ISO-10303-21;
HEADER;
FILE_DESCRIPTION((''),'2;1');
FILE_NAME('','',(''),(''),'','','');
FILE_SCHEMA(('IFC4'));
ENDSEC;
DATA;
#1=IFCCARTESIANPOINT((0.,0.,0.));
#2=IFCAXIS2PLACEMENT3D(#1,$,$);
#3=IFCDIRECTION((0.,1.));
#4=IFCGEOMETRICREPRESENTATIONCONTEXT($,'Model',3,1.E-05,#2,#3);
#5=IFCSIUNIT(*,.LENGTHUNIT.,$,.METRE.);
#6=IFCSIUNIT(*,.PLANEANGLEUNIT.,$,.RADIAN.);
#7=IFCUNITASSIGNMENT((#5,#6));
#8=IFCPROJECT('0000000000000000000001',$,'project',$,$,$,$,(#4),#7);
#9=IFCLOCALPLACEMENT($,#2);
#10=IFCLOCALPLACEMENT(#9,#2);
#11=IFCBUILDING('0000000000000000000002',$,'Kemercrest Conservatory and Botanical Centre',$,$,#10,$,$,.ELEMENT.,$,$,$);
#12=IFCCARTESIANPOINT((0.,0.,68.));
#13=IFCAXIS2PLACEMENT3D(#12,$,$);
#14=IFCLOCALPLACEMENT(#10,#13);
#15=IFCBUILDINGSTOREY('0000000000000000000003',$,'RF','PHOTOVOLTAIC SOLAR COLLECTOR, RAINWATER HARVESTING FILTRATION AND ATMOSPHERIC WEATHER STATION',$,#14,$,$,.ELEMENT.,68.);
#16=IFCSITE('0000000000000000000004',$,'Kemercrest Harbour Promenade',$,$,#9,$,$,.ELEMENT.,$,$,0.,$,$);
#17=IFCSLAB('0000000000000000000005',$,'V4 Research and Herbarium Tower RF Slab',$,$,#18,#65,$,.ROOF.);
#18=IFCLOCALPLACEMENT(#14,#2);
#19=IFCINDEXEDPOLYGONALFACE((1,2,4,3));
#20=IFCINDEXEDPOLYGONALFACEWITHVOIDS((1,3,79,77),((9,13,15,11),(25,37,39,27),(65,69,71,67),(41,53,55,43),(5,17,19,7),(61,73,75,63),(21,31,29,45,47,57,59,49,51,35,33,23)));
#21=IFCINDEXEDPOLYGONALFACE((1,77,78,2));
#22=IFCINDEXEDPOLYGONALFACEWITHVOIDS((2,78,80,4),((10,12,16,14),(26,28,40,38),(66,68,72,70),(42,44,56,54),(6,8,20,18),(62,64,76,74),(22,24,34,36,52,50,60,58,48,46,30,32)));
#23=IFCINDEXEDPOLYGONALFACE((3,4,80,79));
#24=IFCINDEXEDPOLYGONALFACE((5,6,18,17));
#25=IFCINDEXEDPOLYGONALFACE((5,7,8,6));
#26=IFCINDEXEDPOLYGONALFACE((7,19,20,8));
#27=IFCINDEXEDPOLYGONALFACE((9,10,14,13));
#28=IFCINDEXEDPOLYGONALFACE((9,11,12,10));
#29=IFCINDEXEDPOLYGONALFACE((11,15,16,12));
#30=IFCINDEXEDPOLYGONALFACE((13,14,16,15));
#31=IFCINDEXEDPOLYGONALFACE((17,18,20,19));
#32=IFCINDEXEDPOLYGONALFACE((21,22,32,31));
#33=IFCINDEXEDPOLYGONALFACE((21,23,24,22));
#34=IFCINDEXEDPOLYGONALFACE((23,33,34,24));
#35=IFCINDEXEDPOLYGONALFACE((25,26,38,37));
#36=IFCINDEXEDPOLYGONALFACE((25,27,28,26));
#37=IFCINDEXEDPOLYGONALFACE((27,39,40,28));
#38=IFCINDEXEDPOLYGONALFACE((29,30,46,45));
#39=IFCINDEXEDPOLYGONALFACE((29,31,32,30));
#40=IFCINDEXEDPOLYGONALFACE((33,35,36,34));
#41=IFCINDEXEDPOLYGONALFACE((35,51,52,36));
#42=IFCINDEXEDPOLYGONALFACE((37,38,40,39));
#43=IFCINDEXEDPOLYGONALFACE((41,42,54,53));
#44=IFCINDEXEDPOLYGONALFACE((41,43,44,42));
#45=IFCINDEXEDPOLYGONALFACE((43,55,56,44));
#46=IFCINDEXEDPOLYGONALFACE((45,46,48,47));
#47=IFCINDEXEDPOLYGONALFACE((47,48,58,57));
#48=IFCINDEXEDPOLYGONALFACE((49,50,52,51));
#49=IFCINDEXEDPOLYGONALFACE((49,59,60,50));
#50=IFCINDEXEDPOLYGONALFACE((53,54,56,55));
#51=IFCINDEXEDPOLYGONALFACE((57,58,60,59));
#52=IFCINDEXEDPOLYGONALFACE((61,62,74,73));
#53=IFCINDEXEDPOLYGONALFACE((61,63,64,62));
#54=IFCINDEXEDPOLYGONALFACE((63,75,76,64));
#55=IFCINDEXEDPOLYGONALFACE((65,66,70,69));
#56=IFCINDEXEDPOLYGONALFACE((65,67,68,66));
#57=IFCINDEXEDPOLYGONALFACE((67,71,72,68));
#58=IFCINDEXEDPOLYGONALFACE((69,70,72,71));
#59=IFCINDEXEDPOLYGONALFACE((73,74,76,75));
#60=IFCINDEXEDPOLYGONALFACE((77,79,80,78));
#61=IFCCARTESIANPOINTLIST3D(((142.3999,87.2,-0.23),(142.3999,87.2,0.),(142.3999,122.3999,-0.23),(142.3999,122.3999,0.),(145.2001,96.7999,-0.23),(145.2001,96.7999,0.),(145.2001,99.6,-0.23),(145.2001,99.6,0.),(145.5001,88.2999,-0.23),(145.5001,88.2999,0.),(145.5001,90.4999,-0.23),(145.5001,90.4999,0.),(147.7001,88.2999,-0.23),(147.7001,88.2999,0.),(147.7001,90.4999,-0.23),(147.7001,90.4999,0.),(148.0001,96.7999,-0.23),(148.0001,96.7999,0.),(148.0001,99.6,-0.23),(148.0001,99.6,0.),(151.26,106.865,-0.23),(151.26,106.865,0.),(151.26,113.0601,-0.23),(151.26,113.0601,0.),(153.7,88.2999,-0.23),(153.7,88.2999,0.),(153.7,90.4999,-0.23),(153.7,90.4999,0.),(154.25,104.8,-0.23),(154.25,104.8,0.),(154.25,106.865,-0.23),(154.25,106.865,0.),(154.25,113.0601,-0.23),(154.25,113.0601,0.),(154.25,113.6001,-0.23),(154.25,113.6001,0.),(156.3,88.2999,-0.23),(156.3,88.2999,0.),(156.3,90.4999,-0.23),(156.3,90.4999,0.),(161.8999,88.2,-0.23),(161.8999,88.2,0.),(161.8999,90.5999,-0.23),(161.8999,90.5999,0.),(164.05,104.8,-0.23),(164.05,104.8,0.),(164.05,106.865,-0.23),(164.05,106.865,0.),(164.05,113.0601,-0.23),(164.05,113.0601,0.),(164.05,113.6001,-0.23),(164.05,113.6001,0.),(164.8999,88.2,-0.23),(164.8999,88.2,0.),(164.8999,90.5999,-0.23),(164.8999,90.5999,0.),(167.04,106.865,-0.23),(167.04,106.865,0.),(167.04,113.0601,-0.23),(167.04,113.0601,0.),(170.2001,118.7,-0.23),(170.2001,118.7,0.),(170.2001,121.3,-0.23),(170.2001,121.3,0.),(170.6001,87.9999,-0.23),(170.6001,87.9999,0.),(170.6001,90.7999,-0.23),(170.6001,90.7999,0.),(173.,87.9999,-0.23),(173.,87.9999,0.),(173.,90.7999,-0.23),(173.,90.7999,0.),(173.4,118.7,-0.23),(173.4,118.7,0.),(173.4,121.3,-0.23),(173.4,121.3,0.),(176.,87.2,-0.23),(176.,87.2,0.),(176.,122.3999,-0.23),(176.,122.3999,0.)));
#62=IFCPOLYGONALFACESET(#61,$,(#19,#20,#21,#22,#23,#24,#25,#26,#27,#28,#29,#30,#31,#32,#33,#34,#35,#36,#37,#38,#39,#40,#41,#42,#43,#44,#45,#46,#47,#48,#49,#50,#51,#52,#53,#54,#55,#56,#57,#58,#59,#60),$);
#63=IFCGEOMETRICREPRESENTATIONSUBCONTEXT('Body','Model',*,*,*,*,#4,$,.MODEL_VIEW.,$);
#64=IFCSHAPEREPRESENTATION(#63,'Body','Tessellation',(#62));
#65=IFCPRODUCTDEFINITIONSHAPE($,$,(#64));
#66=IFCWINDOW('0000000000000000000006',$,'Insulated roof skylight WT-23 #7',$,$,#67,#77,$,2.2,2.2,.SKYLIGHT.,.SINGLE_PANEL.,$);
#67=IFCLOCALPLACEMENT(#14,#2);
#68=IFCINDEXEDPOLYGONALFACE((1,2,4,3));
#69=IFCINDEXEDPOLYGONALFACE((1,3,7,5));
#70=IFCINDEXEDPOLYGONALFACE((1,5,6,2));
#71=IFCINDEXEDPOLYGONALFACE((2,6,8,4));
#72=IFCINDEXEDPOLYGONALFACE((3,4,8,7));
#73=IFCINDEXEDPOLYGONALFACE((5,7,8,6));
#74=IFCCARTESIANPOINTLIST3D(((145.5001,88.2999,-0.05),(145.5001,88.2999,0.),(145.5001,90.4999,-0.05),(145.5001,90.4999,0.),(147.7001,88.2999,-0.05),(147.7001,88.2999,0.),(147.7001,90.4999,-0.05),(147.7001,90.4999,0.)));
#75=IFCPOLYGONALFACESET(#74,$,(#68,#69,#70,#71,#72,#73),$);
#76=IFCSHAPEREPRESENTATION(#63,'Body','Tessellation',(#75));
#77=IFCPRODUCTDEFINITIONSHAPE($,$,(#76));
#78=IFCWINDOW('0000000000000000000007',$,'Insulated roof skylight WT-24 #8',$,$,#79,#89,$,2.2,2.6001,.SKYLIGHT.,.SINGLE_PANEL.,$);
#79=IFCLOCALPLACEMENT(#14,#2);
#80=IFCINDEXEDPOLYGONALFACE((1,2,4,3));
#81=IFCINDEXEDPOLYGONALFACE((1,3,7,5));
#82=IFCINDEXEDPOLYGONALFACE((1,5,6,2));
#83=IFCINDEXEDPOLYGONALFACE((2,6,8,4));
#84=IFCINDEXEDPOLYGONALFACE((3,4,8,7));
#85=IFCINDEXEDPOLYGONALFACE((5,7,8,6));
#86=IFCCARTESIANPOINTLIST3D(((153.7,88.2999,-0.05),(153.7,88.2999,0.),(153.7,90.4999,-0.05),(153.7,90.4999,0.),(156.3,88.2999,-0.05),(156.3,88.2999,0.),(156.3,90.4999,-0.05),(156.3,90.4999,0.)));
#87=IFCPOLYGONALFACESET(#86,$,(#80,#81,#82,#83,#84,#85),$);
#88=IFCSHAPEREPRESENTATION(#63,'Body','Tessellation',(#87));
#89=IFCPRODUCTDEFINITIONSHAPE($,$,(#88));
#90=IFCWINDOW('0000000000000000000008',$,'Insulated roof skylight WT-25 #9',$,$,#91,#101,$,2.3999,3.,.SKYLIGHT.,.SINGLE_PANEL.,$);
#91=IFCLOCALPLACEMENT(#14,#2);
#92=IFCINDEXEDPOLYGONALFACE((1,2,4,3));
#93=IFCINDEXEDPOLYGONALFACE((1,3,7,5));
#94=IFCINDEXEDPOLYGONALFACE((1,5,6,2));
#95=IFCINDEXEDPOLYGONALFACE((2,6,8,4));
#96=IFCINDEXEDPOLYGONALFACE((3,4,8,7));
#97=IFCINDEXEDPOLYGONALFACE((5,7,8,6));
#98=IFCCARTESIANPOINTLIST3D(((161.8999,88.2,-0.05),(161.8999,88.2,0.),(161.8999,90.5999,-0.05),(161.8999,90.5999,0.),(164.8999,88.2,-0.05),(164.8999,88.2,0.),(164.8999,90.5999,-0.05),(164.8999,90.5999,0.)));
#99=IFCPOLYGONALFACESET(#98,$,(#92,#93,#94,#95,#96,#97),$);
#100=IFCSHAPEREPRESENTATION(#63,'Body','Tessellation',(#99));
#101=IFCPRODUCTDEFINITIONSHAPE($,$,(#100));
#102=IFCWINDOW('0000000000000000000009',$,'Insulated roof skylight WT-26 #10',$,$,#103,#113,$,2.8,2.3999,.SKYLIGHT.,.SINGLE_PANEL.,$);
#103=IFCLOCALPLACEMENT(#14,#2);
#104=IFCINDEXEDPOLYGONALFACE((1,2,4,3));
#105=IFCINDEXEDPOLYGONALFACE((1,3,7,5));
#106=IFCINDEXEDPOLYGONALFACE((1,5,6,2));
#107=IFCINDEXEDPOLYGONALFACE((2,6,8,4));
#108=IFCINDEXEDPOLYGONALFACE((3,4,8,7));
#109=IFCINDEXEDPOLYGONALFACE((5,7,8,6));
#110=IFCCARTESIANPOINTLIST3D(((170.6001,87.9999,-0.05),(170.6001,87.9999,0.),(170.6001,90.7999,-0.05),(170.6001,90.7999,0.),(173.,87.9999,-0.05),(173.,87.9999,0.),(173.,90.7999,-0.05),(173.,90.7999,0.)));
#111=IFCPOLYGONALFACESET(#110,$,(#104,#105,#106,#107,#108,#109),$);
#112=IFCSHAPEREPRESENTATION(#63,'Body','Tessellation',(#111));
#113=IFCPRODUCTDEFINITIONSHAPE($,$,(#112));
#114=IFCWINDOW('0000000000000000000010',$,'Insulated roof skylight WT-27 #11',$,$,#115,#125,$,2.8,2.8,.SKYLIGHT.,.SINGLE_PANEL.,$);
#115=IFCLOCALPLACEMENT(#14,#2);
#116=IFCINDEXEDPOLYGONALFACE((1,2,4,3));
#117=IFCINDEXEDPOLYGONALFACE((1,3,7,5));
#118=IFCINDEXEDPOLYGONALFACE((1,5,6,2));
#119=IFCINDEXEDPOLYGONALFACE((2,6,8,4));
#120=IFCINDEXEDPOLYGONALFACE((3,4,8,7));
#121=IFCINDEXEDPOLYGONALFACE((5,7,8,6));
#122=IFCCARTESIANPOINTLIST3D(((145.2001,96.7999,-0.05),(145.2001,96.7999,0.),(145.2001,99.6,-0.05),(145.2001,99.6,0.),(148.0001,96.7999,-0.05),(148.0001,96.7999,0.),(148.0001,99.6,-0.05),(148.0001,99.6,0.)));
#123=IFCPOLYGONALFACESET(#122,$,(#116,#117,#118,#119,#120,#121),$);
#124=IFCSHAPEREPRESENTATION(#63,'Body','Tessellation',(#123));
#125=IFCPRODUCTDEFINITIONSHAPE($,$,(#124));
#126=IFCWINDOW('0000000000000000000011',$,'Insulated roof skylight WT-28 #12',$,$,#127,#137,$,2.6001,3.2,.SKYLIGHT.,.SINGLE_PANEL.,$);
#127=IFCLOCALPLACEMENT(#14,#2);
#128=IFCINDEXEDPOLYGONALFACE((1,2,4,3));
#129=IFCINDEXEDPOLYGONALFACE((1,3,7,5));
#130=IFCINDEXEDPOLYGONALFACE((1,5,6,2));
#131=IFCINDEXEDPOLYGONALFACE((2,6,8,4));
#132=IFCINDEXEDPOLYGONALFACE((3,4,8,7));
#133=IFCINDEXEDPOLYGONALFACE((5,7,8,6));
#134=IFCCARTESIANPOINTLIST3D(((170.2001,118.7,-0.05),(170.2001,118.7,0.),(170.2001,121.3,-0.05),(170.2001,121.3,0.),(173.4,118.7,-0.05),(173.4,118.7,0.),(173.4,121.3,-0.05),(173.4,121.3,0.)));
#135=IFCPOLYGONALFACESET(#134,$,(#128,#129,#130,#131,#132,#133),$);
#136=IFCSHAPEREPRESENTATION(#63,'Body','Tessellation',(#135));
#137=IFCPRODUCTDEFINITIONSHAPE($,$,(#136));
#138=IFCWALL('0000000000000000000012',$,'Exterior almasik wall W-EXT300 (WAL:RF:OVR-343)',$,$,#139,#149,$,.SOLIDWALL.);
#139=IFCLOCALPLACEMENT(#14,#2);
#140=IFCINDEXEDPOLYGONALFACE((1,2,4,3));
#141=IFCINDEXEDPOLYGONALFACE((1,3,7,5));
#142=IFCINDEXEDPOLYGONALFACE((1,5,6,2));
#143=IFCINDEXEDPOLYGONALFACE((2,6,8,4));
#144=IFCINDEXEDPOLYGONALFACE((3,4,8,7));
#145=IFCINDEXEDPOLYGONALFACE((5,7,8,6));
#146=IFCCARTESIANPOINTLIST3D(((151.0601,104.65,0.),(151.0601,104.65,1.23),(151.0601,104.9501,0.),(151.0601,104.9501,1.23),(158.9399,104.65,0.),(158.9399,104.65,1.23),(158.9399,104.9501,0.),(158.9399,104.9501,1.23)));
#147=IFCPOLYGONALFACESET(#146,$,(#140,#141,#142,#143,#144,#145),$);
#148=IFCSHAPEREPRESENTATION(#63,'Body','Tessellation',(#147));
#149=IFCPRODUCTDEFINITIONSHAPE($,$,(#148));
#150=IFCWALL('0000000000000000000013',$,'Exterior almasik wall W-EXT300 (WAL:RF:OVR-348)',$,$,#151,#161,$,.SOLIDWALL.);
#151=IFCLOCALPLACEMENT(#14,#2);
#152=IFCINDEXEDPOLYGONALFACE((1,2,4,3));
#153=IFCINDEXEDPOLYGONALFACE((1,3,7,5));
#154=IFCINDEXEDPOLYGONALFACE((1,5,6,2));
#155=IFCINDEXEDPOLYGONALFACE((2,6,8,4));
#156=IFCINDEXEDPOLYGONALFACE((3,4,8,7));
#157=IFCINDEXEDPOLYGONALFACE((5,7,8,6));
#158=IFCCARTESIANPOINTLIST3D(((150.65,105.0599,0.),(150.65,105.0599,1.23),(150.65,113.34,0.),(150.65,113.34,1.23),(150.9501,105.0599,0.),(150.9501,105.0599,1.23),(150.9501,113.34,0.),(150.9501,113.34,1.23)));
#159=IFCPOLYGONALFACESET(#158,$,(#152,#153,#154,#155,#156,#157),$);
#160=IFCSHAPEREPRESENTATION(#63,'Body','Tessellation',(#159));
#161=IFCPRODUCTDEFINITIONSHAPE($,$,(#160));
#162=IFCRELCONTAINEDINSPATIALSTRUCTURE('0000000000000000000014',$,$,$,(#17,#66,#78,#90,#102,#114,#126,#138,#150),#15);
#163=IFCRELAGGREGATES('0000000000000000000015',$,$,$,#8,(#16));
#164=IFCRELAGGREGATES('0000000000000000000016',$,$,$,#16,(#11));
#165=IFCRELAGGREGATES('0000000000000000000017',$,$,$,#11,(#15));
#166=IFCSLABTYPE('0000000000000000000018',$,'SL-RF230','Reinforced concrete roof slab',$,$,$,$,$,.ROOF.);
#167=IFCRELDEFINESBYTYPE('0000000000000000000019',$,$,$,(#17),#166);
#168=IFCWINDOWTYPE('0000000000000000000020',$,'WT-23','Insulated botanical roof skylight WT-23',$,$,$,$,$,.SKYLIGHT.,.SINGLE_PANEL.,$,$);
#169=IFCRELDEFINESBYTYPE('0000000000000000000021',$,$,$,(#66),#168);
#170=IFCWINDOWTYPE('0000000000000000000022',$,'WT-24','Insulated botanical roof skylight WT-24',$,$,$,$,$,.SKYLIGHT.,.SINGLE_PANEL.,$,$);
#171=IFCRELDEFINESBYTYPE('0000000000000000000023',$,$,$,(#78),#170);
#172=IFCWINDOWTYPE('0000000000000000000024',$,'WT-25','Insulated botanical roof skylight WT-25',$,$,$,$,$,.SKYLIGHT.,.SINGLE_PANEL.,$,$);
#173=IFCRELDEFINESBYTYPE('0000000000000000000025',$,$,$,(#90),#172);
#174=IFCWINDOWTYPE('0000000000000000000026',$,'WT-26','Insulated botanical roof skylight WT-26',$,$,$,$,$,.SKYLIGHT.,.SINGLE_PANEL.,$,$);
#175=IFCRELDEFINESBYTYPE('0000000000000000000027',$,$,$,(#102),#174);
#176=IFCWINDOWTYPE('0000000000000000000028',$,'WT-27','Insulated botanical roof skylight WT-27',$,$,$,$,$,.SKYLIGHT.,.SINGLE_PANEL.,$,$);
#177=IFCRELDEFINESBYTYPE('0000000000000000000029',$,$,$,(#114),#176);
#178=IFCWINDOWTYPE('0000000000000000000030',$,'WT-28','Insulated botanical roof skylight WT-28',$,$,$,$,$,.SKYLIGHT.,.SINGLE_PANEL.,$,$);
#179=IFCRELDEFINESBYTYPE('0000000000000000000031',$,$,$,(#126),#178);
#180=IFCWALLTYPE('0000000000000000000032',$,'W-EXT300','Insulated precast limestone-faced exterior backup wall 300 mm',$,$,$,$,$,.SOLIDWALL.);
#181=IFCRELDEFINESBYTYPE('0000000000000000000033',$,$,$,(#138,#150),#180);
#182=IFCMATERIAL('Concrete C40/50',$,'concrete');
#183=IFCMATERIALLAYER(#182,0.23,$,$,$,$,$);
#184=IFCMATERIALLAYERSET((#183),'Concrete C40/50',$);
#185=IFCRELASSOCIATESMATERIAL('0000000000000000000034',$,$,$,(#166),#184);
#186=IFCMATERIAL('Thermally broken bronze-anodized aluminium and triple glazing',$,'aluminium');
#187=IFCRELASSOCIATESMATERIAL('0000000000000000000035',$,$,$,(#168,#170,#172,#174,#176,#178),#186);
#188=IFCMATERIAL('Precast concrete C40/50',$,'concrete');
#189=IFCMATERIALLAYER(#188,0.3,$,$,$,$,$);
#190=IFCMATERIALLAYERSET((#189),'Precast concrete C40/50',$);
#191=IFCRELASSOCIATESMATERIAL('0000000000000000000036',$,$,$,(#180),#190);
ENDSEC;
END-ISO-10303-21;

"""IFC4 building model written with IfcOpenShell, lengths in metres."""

from ifc_helpers import new_model, si_unit, direction, frame, frame_2d, origin, origin_2d, place, context, subcontext, project, spatial, polyline, rectangle, outline, extrude, material, layer, layer_set, type_object, element, fill, save


model = new_model("IFC4")

# Units and contexts
model_context = context("Model", 3, precision=1e-05, world=origin(), true_north=direction((0.0, 1.0)))
body_context = subcontext(model_context, "Body", "Model", "MODEL_VIEW")
ifc_project = project(units=[si_unit("LENGTHUNIT", "METRE"), si_unit("PLANEANGLEUNIT", "RADIAN")], contexts=[model_context])

# Site, building, storey
site_placement = place(None, origin())
site = spatial("IfcSite", under=ifc_project, at=site_placement, Name="Kemercrest Harbour Promenade", CompositionType="ELEMENT", RefElevation=0.0)
building_placement = place(site_placement, origin())
building = spatial("IfcBuilding", under=site, at=building_placement, Name="Kemercrest Conservatory and Botanical Centre", CompositionType="ELEMENT")
storey_placement = place(building_placement, frame((0.0, 0.0, 68.0)))
storey = spatial("IfcBuildingStorey", under=building, at=storey_placement, Name="RF", Description="PHOTOVOLTAIC SOLAR COLLECTOR, RAINWATER HARVESTING FILTRATION AND ATMOSPHERIC WEATHER STATION", CompositionType="ELEMENT", Elevation=68.0)

# Shared definitions
ifc_material_1 = material(Name="Concrete C40/50", Category="concrete")

# Slab, openings, windows
ifc_layer_1 = layer(ifc_material_1, 0.23)
ifc_layer_set_1 = layer_set([ifc_layer_1], Name="Concrete C40/50")
slab_type_1 = type_object("IfcSlabType", Name="SL-RF230", Description="Reinforced concrete roof slab", PredefinedType="ROOF", material=ifc_layer_set_1)
slab_1_placement = place(storey_placement, frame((0.0, 0.0, -0.23)))
slab_1 = element("IfcSlab", 1, at=slab_1_placement, inside=storey, type_object=slab_type_1, Name="V4 Research and Herbarium Tower RF Slab", PredefinedType="ROOF", context=body_context, shape_type="SweptSolid", body=[
    extrude(outline(polyline([(142.3999, 122.3999), (142.3999, 87.2), (176.0, 87.2), (176.0, 122.3999), (142.3999, 122.3999)]), holes=[polyline([(151.26, 106.865), (151.26, 113.0601), (154.25, 113.0601), (154.25, 113.6001), (164.05, 113.6001), (164.05, 113.0601), (167.04, 113.0601), (167.04, 106.865), (164.05, 106.865), (164.05, 104.8), (154.25, 104.8), (154.25, 106.865), (151.26, 106.865)])]), origin(), (0.0, 0.0, 1.0), 0.23),
])
opening_1_placement = place(slab_1_placement, frame((146.6001, 89.3999, 0.0)))
opening_1 = element("IfcOpeningElement", 2, at=opening_1_placement, cuts=slab_1, PredefinedType="OPENING", context=body_context, shape_type="SweptSolid", body=[
    extrude(rectangle(XDim=2.2, YDim=2.2, at=origin_2d()), origin(), (0.0, 0.0, 1.0), 0.23),
])
opening_2_placement = place(slab_1_placement, frame((155.0, 89.3999, 0.0)))
opening_2 = element("IfcOpeningElement", 3, at=opening_2_placement, cuts=slab_1, PredefinedType="OPENING", context=body_context, shape_type="SweptSolid", body=[
    extrude(rectangle(XDim=2.6001, YDim=2.2, at=origin_2d()), origin(), (0.0, 0.0, 1.0), 0.23),
])
opening_3_placement = place(slab_1_placement, frame((163.3999, 89.3999, 0.0)))
opening_3 = element("IfcOpeningElement", 4, at=opening_3_placement, cuts=slab_1, PredefinedType="OPENING", context=body_context, shape_type="SweptSolid", body=[
    extrude(rectangle(XDim=3.0, YDim=2.3999, at=origin_2d()), origin(), (0.0, 0.0, 1.0), 0.23),
])
opening_4_placement = place(slab_1_placement, frame((171.8, 89.3999, 0.0)))
opening_4 = element("IfcOpeningElement", 5, at=opening_4_placement, cuts=slab_1, PredefinedType="OPENING", context=body_context, shape_type="SweptSolid", body=[
    extrude(rectangle(XDim=2.3999, YDim=2.8, at=origin_2d()), origin(), (0.0, 0.0, 1.0), 0.23),
])
opening_5_placement = place(slab_1_placement, frame((146.6001, 98.2, 0.0)))
opening_5 = element("IfcOpeningElement", 6, at=opening_5_placement, cuts=slab_1, PredefinedType="OPENING", context=body_context, shape_type="SweptSolid", body=[
    extrude(rectangle(XDim=2.8, YDim=2.8, at=origin_2d()), origin(), (0.0, 0.0, 1.0), 0.23),
])
opening_6_placement = place(slab_1_placement, frame((171.8, 120.0, 0.0)))
opening_6 = element("IfcOpeningElement", 7, at=opening_6_placement, cuts=slab_1, PredefinedType="OPENING", context=body_context, shape_type="SweptSolid", body=[
    extrude(rectangle(XDim=3.2, YDim=2.6001, at=origin_2d()), origin(), (0.0, 0.0, 1.0), 0.23),
])
ifc_material_2 = material(Name="Thermally broken bronze-anodized aluminium and triple glazing", Category="aluminium")
window_type_1 = type_object("IfcWindowType", Name="WT-23", Description="Insulated botanical roof skylight WT-23", PartitioningType="SINGLE_PANEL", PredefinedType="SKYLIGHT", material=ifc_material_2)
window_1_placement = place(opening_1_placement, frame((0.0, 0.0, 0.1799)))
window_1 = element("IfcWindow", 8, at=window_1_placement, inside=storey, type_object=window_type_1, Name="Insulated roof skylight WT-23 #7", OverallHeight=2.2, OverallWidth=2.2, PartitioningType="SINGLE_PANEL", PredefinedType="SKYLIGHT", context=body_context, shape_type="SweptSolid", body=[
    extrude(rectangle(XDim=2.2, YDim=2.2, at=origin_2d()), origin(), (0.0, 0.0, 1.0), 0.05),
])
fill(opening_1, window_1)
window_type_2 = type_object("IfcWindowType", Name="WT-24", Description="Insulated botanical roof skylight WT-24", PartitioningType="SINGLE_PANEL", PredefinedType="SKYLIGHT", material=ifc_material_2)
window_2_placement = place(opening_2_placement, frame((0.0, 0.0, 0.1799)))
window_2 = element("IfcWindow", 9, at=window_2_placement, inside=storey, type_object=window_type_2, Name="Insulated roof skylight WT-24 #8", OverallHeight=2.2, OverallWidth=2.6001, PartitioningType="SINGLE_PANEL", PredefinedType="SKYLIGHT", context=body_context, shape_type="SweptSolid", body=[
    extrude(rectangle(XDim=2.6001, YDim=2.2, at=origin_2d()), origin(), (0.0, 0.0, 1.0), 0.05),
])
fill(opening_2, window_2)
window_type_3 = type_object("IfcWindowType", Name="WT-25", Description="Insulated botanical roof skylight WT-25", PartitioningType="SINGLE_PANEL", PredefinedType="SKYLIGHT", material=ifc_material_2)
window_3_placement = place(opening_3_placement, frame((0.0, 0.0, 0.1799)))
window_3 = element("IfcWindow", 10, at=window_3_placement, inside=storey, type_object=window_type_3, Name="Insulated roof skylight WT-25 #9", OverallHeight=2.3999, OverallWidth=3.0, PartitioningType="SINGLE_PANEL", PredefinedType="SKYLIGHT", context=body_context, shape_type="SweptSolid", body=[
    extrude(rectangle(XDim=3.0, YDim=2.3999, at=origin_2d()), origin(), (0.0, 0.0, 1.0), 0.05),
])
fill(opening_3, window_3)
window_type_4 = type_object("IfcWindowType", Name="WT-26", Description="Insulated botanical roof skylight WT-26", PartitioningType="SINGLE_PANEL", PredefinedType="SKYLIGHT", material=ifc_material_2)
window_4_placement = place(opening_4_placement, frame((0.0, 0.0, 0.1799)))
window_4 = element("IfcWindow", 11, at=window_4_placement, inside=storey, type_object=window_type_4, Name="Insulated roof skylight WT-26 #10", OverallHeight=2.8, OverallWidth=2.3999, PartitioningType="SINGLE_PANEL", PredefinedType="SKYLIGHT", context=body_context, shape_type="SweptSolid", body=[
    extrude(rectangle(XDim=2.3999, YDim=2.8, at=origin_2d()), origin(), (0.0, 0.0, 1.0), 0.05),
])
fill(opening_4, window_4)
window_type_5 = type_object("IfcWindowType", Name="WT-27", Description="Insulated botanical roof skylight WT-27", PartitioningType="SINGLE_PANEL", PredefinedType="SKYLIGHT", material=ifc_material_2)
window_5_placement = place(opening_5_placement, frame((0.0, 0.0, 0.1799)))
window_5 = element("IfcWindow", 12, at=window_5_placement, inside=storey, type_object=window_type_5, Name="Insulated roof skylight WT-27 #11", OverallHeight=2.8, OverallWidth=2.8, PartitioningType="SINGLE_PANEL", PredefinedType="SKYLIGHT", context=body_context, shape_type="SweptSolid", body=[
    extrude(rectangle(XDim=2.8, YDim=2.8, at=origin_2d()), origin(), (0.0, 0.0, 1.0), 0.05),
])
fill(opening_5, window_5)
window_type_6 = type_object("IfcWindowType", Name="WT-28", Description="Insulated botanical roof skylight WT-28", PartitioningType="SINGLE_PANEL", PredefinedType="SKYLIGHT", material=ifc_material_2)
window_6_placement = place(opening_6_placement, frame((0.0, 0.0, 0.1799)))
window_6 = element("IfcWindow", 13, at=window_6_placement, inside=storey, type_object=window_type_6, Name="Insulated roof skylight WT-28 #12", OverallHeight=2.6001, OverallWidth=3.2, PartitioningType="SINGLE_PANEL", PredefinedType="SKYLIGHT", context=body_context, shape_type="SweptSolid", body=[
    extrude(rectangle(XDim=3.2, YDim=2.6001, at=origin_2d()), origin(), (0.0, 0.0, 1.0), 0.05),
])
fill(opening_6, window_6)

# Walls
ifc_material_3 = material(Name="Precast concrete C40/50", Category="concrete")
ifc_layer_2 = layer(ifc_material_3, 0.3)
ifc_layer_set_2 = layer_set([ifc_layer_2], Name="Precast concrete C40/50")
wall_type_1 = type_object("IfcWallType", Name="W-EXT300", Description="Insulated precast limestone-faced exterior backup wall 300 mm", PredefinedType="SOLIDWALL", material=ifc_layer_set_2)
wall_1_placement = place(storey_placement, frame((151.0601, 104.8, 0.0), z_axis=(0.0, 0.0, 1.0), x_axis=(1.0, 0.0, 0.0)))
element("IfcWall", 14, at=wall_1_placement, inside=storey, type_object=wall_type_1, Name="Exterior almasik wall W-EXT300 (WAL:RF:OVR-343)", PredefinedType="SOLIDWALL", context=body_context, shape_type="SweptSolid", body=[
    extrude(rectangle(XDim=7.8799, YDim=0.3, at=frame_2d((3.9399, 0.0))), origin(), (0.0, 0.0, 1.0), 1.23),
])
wall_2_placement = place(storey_placement, frame((150.8, 113.3401, 0.0), z_axis=(0.0, 0.0, 1.0), x_axis=(0.0, -1.0, 0.0)))
element("IfcWall", 15, at=wall_2_placement, inside=storey, type_object=wall_type_1, Name="Exterior almasik wall W-EXT300 (WAL:RF:OVR-348)", PredefinedType="SOLIDWALL", context=body_context, shape_type="SweptSolid", body=[
    extrude(rectangle(XDim=8.28, YDim=0.3, at=frame_2d((4.1401, 0.0))), origin(), (0.0, 0.0, 1.0), 1.23),
])

save(model, "model.ifc")
